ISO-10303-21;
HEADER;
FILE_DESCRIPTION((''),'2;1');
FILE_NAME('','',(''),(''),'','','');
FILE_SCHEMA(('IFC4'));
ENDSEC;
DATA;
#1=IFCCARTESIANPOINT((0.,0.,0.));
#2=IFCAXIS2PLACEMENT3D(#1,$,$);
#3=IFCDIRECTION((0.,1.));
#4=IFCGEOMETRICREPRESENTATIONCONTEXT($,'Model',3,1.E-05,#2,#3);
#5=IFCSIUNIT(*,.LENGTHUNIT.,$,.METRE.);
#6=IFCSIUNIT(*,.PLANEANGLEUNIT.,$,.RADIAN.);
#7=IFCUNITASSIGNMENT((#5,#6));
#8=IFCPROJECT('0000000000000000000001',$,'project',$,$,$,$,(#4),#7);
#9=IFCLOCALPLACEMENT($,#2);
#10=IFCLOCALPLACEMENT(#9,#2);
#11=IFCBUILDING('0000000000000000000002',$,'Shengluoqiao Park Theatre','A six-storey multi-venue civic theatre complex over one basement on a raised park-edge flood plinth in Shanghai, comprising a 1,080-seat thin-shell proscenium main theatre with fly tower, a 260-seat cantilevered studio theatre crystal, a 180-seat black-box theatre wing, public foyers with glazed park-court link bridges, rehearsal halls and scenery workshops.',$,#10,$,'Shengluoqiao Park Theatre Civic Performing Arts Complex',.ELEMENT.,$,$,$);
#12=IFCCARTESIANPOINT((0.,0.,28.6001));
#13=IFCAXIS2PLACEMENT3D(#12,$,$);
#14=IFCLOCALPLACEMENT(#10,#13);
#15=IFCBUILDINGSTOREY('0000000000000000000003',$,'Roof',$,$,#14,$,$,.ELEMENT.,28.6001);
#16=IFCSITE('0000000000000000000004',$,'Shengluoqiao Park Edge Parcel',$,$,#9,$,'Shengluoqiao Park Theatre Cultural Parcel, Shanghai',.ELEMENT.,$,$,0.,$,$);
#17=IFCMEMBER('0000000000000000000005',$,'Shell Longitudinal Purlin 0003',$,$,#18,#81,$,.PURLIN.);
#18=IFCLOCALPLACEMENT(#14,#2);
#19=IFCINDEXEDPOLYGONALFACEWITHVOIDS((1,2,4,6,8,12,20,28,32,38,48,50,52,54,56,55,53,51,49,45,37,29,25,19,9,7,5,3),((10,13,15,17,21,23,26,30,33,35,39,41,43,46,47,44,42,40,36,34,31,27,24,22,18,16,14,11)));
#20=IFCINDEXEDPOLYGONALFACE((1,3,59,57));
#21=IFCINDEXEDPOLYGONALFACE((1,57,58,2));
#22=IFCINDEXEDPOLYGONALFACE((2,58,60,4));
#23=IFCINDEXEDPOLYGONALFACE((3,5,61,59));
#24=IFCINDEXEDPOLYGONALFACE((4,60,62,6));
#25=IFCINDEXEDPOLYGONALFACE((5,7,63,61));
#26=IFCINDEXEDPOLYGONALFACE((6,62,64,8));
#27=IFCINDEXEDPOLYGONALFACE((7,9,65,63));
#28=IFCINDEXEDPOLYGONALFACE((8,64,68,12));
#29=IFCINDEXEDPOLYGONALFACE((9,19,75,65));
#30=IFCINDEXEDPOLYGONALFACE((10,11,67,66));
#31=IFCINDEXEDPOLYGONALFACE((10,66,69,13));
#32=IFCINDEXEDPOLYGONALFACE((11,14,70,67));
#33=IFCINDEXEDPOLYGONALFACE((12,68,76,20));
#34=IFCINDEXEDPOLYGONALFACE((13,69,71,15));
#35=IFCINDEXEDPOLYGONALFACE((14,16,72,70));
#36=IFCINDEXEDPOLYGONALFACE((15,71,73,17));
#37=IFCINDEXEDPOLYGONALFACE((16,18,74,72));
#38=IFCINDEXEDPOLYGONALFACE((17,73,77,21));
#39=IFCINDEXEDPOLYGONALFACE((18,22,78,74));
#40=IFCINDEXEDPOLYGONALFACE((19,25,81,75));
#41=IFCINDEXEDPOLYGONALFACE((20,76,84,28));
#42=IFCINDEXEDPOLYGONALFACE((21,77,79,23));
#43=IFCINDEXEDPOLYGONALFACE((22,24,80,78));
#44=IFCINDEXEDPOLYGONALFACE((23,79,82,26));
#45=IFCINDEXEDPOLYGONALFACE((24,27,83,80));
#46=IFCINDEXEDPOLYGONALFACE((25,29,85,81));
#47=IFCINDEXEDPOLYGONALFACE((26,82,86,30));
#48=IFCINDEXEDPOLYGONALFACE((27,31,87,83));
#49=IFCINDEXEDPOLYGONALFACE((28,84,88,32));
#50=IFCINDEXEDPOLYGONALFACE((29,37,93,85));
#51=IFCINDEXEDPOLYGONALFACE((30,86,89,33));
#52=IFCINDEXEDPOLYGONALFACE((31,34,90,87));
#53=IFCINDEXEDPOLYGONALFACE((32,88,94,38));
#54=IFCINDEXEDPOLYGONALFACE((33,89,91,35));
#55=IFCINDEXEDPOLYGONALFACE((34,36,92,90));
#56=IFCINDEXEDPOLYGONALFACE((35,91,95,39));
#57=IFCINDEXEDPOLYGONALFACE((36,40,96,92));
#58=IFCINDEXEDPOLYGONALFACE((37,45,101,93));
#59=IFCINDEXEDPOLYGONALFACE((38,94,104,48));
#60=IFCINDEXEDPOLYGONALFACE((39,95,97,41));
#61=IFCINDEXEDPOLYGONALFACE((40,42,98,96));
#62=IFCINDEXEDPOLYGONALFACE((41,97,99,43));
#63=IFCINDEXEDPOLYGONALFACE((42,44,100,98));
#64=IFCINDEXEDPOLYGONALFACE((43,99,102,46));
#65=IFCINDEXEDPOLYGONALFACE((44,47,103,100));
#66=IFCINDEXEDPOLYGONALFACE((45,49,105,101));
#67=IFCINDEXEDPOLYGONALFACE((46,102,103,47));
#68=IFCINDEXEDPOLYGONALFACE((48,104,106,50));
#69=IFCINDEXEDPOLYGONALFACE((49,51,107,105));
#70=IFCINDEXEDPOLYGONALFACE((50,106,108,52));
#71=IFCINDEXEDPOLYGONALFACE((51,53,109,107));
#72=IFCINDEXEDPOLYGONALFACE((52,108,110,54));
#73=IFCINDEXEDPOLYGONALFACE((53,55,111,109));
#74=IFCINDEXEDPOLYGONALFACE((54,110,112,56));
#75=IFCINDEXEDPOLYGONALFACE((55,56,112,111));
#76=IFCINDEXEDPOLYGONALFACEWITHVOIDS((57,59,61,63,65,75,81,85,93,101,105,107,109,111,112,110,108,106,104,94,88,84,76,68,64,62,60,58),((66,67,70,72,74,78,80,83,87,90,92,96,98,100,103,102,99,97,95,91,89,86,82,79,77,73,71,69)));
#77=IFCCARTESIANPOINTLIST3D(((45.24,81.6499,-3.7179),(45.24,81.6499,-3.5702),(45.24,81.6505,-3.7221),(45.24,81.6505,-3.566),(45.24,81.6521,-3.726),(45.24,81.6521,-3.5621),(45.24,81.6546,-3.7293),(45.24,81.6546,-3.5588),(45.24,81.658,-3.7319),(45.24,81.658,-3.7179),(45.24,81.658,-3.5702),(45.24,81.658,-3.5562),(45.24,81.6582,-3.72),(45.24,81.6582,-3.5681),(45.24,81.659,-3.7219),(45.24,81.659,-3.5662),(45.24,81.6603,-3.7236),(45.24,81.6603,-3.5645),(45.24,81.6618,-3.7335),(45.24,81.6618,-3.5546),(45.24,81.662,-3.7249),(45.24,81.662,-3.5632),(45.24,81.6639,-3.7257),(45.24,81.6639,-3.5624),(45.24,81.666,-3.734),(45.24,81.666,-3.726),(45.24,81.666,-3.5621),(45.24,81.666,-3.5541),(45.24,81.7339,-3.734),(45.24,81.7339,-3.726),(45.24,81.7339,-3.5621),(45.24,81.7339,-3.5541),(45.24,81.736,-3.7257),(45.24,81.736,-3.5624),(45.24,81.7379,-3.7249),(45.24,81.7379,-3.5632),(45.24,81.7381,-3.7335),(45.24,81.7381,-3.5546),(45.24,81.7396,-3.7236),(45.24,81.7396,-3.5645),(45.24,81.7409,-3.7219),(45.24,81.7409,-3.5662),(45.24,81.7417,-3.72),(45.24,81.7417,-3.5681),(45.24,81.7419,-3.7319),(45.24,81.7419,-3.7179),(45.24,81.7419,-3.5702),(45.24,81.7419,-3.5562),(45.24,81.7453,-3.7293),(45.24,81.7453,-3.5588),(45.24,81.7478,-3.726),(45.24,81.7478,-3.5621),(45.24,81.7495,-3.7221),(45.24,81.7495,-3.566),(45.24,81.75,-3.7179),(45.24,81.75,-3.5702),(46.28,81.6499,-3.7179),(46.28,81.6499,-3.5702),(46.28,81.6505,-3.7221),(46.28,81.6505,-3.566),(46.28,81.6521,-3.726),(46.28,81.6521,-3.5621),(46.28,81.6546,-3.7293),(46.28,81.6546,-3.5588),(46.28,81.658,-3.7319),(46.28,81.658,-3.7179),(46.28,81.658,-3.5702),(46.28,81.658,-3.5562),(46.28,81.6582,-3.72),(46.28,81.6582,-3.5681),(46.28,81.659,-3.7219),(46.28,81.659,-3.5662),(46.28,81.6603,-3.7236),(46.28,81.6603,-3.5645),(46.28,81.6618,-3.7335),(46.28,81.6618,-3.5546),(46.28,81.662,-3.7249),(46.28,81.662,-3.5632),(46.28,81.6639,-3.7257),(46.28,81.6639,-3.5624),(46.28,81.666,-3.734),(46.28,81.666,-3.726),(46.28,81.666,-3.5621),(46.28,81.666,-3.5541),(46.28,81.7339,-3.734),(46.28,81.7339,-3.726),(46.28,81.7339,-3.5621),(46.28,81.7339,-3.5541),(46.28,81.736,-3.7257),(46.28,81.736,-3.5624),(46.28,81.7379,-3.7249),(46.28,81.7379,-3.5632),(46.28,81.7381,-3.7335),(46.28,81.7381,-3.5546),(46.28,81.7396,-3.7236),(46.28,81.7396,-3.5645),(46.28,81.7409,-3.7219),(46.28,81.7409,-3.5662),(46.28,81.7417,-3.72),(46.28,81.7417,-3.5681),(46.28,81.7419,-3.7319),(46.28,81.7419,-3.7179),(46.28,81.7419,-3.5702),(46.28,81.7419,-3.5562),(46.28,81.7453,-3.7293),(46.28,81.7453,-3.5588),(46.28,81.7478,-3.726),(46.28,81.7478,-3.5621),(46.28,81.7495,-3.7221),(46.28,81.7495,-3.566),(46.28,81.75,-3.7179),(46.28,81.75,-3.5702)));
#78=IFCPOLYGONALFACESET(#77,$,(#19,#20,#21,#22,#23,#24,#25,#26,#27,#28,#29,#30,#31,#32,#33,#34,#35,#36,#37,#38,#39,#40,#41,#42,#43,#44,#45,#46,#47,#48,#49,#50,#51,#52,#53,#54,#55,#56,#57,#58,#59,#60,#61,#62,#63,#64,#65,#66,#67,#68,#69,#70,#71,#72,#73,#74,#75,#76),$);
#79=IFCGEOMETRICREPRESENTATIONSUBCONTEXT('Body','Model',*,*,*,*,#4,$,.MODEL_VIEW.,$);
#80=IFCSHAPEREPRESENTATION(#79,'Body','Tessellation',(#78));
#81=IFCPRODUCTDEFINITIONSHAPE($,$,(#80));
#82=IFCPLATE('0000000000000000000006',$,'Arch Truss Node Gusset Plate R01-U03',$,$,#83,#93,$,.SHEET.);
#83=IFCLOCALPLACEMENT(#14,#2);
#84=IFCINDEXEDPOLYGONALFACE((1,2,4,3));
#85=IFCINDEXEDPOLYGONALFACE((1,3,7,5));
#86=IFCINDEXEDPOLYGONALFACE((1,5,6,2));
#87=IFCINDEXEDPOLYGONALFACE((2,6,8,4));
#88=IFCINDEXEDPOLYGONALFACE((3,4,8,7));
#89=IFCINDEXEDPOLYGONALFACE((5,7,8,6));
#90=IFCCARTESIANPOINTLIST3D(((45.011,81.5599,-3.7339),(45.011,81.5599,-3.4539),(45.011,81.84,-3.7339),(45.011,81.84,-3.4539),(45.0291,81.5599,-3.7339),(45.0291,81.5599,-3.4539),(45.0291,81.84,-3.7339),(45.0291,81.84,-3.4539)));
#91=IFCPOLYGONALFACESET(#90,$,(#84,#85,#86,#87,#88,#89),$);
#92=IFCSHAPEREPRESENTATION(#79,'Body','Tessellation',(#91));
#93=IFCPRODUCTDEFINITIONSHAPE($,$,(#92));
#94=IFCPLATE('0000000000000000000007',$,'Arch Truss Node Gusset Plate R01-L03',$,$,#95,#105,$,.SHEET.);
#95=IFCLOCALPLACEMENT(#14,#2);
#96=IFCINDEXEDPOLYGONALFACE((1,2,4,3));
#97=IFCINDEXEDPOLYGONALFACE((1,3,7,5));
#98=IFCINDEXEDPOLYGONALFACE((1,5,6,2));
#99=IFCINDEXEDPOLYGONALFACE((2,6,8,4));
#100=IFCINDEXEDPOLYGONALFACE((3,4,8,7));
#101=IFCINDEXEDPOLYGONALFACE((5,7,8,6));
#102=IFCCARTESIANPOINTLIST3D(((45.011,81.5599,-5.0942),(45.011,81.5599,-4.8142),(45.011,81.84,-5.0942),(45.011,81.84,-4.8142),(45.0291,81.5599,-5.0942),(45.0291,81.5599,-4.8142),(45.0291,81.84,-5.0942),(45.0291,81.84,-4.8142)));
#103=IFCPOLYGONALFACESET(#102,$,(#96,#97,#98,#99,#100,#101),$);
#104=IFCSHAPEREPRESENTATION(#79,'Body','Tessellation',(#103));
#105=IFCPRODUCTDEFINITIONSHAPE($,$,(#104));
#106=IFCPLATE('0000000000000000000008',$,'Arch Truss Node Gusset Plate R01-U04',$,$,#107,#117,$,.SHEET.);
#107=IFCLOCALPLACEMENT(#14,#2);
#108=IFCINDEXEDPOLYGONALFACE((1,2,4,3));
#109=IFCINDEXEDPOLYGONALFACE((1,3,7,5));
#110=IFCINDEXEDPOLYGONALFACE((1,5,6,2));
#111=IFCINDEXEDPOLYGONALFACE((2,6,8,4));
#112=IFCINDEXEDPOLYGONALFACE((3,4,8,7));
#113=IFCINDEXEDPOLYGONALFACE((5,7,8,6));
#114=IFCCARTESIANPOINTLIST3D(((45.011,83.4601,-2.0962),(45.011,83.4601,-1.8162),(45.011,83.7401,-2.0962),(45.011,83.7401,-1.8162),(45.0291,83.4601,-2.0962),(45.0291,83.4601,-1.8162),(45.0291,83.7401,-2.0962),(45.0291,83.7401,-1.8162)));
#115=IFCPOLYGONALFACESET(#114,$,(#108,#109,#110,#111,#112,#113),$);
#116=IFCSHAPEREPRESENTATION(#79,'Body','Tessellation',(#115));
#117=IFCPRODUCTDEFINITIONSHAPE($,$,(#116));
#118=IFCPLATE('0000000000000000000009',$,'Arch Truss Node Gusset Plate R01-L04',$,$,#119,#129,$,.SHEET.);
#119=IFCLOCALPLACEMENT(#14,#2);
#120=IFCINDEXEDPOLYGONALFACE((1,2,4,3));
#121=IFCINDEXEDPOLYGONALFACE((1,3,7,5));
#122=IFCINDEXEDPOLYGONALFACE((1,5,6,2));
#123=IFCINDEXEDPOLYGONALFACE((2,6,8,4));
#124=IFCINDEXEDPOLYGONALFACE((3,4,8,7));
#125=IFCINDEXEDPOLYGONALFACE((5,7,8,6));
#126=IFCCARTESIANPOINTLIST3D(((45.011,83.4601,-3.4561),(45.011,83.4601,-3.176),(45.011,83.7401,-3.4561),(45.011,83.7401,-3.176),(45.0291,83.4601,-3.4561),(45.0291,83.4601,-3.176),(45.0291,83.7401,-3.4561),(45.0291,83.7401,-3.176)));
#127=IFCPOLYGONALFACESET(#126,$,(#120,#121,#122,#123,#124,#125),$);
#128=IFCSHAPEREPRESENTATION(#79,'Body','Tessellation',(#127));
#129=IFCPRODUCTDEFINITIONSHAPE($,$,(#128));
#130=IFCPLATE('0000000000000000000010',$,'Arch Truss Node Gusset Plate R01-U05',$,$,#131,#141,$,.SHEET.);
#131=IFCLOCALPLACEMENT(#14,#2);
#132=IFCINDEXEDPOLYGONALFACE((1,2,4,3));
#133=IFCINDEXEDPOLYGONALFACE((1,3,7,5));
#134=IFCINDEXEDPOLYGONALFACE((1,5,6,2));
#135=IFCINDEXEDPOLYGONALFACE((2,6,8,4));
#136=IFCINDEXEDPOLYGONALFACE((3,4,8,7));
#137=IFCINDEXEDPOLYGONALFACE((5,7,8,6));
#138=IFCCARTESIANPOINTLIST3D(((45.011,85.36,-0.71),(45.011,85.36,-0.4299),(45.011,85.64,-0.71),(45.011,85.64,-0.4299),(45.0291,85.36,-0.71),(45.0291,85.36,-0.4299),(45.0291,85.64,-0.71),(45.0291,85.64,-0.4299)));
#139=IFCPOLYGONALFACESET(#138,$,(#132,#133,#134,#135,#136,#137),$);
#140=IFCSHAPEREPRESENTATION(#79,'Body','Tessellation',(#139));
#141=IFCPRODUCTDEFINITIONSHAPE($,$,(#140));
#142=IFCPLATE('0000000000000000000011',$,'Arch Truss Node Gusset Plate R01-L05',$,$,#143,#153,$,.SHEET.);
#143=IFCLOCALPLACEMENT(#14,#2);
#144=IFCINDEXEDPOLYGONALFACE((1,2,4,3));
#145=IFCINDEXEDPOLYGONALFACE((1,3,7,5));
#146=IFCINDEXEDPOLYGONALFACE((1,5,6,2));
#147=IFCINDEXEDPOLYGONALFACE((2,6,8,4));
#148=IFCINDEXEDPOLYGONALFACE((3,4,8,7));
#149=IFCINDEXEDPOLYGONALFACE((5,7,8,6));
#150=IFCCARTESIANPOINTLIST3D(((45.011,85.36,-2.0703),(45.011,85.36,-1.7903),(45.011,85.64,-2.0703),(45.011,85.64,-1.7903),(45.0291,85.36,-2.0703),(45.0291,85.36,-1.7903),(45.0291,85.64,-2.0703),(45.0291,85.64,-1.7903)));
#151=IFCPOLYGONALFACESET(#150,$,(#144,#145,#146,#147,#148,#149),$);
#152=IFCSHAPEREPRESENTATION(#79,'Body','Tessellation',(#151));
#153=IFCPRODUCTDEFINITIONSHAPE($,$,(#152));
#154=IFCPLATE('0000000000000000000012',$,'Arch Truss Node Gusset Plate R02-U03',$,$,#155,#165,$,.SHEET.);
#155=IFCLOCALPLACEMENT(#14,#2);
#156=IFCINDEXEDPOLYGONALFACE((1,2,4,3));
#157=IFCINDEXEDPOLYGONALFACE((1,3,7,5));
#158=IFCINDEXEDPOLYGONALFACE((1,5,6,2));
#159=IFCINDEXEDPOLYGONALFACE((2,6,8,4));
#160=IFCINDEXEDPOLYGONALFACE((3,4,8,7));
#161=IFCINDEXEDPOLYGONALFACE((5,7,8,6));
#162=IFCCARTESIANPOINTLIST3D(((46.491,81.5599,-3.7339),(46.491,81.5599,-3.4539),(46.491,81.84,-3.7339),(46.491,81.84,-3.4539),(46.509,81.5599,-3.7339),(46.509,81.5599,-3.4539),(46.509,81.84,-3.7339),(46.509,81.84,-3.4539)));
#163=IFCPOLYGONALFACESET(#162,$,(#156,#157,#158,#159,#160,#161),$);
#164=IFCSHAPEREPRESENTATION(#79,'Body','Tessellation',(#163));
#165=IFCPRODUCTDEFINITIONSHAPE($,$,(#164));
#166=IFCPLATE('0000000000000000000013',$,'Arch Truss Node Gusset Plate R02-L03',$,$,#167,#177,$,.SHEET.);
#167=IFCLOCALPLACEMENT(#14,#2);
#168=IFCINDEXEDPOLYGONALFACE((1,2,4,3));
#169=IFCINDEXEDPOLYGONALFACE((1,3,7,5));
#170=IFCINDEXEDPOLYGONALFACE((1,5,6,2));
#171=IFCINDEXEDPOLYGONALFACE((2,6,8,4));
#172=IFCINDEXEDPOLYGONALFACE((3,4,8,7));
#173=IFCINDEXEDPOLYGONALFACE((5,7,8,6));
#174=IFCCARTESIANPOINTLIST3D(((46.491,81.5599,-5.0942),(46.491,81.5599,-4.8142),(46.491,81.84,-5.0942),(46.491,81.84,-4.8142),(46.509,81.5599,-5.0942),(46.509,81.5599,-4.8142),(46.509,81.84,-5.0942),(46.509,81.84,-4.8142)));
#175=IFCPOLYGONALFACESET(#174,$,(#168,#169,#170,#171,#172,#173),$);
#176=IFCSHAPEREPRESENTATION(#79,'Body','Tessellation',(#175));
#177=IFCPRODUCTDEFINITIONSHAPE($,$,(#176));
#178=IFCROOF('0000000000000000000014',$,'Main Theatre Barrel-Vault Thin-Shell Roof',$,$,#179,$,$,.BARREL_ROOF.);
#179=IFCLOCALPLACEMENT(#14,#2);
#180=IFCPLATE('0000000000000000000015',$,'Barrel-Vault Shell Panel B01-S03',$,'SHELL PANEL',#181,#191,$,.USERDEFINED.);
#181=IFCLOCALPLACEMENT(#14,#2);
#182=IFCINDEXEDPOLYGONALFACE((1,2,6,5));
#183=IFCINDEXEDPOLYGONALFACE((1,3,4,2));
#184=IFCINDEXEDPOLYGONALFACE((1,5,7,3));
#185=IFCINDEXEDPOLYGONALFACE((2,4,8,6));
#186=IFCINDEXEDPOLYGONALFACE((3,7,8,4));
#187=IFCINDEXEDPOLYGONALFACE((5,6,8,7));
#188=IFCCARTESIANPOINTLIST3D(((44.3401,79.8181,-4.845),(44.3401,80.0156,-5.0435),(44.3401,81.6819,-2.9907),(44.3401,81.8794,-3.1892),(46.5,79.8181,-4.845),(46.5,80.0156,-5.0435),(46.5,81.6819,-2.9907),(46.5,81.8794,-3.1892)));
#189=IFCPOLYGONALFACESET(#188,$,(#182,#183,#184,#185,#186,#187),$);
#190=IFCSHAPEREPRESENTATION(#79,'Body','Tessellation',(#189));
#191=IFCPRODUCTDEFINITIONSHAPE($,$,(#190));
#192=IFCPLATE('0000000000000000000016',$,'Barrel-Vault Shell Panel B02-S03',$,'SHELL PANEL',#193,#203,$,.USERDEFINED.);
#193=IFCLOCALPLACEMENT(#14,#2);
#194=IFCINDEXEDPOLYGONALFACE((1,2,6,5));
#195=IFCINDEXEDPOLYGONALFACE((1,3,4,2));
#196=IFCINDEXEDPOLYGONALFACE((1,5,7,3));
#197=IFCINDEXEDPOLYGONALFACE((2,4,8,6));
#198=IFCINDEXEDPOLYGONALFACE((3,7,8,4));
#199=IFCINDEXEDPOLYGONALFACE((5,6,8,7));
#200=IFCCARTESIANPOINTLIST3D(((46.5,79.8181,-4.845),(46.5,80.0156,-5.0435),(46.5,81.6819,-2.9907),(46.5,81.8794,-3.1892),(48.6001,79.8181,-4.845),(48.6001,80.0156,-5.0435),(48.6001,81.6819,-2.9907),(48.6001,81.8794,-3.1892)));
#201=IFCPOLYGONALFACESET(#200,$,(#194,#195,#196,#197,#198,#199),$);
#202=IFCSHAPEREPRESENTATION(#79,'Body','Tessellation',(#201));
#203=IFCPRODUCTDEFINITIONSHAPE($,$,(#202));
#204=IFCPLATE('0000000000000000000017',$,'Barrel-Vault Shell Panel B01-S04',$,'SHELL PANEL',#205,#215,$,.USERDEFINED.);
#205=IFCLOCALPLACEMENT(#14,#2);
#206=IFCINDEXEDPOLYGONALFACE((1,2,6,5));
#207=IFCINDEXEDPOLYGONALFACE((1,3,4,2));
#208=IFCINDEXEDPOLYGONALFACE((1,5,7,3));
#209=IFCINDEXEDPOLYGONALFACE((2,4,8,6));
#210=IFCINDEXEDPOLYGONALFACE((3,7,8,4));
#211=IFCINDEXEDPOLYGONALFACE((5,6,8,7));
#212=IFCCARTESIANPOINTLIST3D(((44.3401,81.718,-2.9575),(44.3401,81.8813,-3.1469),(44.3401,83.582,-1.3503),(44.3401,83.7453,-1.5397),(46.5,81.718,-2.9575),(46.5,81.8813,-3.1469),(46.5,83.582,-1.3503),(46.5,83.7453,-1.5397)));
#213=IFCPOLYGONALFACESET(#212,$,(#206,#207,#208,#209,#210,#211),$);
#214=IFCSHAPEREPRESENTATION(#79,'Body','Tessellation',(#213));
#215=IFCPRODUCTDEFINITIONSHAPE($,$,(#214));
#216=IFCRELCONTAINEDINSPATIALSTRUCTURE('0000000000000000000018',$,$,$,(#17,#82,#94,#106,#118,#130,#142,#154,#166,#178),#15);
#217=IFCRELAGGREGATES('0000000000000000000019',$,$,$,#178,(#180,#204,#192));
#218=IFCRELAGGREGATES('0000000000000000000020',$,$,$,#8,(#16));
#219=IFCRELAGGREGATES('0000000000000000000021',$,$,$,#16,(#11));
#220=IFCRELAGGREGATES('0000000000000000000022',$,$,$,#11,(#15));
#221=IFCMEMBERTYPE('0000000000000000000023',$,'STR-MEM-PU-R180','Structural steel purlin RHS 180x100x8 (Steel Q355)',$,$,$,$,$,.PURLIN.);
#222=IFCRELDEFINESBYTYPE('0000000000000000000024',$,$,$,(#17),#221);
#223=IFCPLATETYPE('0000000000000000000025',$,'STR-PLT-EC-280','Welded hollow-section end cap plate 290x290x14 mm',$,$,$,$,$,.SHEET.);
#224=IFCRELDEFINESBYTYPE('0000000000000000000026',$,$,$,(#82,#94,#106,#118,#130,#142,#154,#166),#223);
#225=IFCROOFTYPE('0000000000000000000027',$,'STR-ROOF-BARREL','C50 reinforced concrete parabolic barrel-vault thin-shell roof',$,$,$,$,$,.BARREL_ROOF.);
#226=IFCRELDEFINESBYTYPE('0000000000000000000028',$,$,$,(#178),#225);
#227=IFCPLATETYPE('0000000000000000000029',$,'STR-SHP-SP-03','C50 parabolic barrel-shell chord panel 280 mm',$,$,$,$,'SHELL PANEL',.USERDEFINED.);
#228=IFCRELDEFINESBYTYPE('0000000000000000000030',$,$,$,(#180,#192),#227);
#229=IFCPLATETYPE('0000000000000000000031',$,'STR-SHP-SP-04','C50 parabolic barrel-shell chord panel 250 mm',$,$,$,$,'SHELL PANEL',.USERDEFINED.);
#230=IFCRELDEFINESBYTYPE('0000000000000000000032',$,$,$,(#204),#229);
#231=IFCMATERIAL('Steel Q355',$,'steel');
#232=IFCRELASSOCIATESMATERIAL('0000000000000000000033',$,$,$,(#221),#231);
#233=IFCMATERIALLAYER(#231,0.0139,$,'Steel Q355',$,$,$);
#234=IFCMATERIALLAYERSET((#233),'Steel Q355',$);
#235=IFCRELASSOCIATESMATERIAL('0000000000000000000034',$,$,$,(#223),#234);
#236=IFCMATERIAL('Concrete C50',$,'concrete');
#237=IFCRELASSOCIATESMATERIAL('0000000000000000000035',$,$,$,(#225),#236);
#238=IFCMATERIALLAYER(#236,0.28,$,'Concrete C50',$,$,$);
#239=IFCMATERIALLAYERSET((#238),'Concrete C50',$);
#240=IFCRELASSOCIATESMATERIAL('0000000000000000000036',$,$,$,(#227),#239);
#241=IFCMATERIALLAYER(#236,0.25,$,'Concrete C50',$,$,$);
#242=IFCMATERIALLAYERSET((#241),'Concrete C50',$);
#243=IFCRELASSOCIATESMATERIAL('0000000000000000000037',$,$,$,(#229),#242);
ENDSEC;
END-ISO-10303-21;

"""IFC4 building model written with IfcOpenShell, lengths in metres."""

from ifc_helpers import new_model, si_unit, direction, frame, origin, origin_2d, place, context, subcontext, project, spatial, polyline, rectangle, hollow_rectangle, outline, extrude, material, layer, layer_set, material_profile, profile_set, type_object, element, aggregate, save


model = new_model("IFC4")

# Units and contexts
model_context = context("Model", 3, precision=1e-05, world=origin(), true_north=direction((0.0, 1.0)))
body_context = subcontext(model_context, "Body", "Model", "MODEL_VIEW")
ifc_project = project(units=[si_unit("LENGTHUNIT", "METRE"), si_unit("PLANEANGLEUNIT", "RADIAN")], contexts=[model_context])

# Site, building, storey
site_placement = place(None, origin())
site = spatial("IfcSite", under=ifc_project, at=site_placement, Name="Shengluoqiao Park Edge Parcel", LongName="Shengluoqiao Park Theatre Cultural Parcel, Shanghai", CompositionType="ELEMENT", RefElevation=0.0)
building_placement = place(site_placement, origin())
building = spatial("IfcBuilding", under=site, at=building_placement, Name="Shengluoqiao Park Theatre", Description="A six-storey multi-venue civic theatre complex over one basement on a raised park-edge flood plinth in Shanghai, comprising a 1,080-seat thin-shell proscenium main theatre with fly tower, a 260-seat cantilevered studio theatre crystal, a 180-seat black-box theatre wing, public foyers with glazed park-court link bridges, rehearsal halls and scenery workshops.", LongName="Shengluoqiao Park Theatre Civic Performing Arts Complex", CompositionType="ELEMENT")
storey_placement = place(building_placement, frame((0.0, 0.0, 28.6001)))
storey = spatial("IfcBuildingStorey", under=building, at=storey_placement, Name="Roof", CompositionType="ELEMENT", Elevation=28.6001)

# Shared definitions
ifc_material_1 = material(Name="Concrete C50", Category="concrete")
ifc_material_2 = material(Name="Steel Q355", Category="steel")

# Member
ifc_material_profile_1 = material_profile(ifc_material_2, hollow_rectangle(XDim=0.1001, YDim=0.1799, WallThickness=0.0081, InnerFilletRadius=0.0081, OuterFilletRadius=0.0161, at=origin_2d()), Name="RHS 180x100x8")
ifc_profile_set_1 = profile_set([ifc_material_profile_1], Name="Steel Q355")
member_type_1 = type_object("IfcMemberType", Name="STR-MEM-PU-R180", Description="Structural steel purlin RHS 180x100x8 (Steel Q355)", PredefinedType="PURLIN", material=ifc_profile_set_1)
member_1_placement = place(storey_placement, frame((45.24, 81.7, -3.644), z_axis=(1.0, 0.0, 0.0), x_axis=(0.0, 1.0, 0.0)))
element("IfcMember", 1, at=member_1_placement, inside=storey, type_object=member_type_1, Name="Shell Longitudinal Purlin 0003", PredefinedType="PURLIN", context=body_context, shape_type="SweptSolid", body=[
    extrude(hollow_rectangle(XDim=0.1001, YDim=0.1799, WallThickness=0.0081, InnerFilletRadius=0.0081, OuterFilletRadius=0.0161, at=origin_2d()), origin(), (0.0, 0.0, 1.0), 1.04),
])

# Plates
ifc_layer_1 = layer(ifc_material_2, 0.0139, Name="Steel Q355")
ifc_layer_set_1 = layer_set([ifc_layer_1], Name="Steel Q355")
plate_type_1 = type_object("IfcPlateType", Name="STR-PLT-EC-280", Description="Welded hollow-section end cap plate 290x290x14 mm", PredefinedType="SHEET", material=ifc_layer_set_1)
for number, where, z_axis, x_axis, name in (
    (2, (45.02, 81.7, -3.7339), (0.0, 0.0, 1.0), (1.0, 0.0, 0.0), "Arch Truss Node Gusset Plate R01-U03"),
    (3, (45.02, 81.7, -5.0942), (0.0, 0.0, 1.0), (1.0, 0.0, 0.0), "Arch Truss Node Gusset Plate R01-L03"),
    (4, (45.02, 83.6001, -2.0962), (0.0, 0.0, 1.0), (1.0, 0.0, 0.0), "Arch Truss Node Gusset Plate R01-U04"),
    (5, (45.02, 83.6001, -3.4561), (0.0, 0.0, 1.0), (1.0, 0.0, 0.0), "Arch Truss Node Gusset Plate R01-L04"),
    (6, (45.02, 85.5, -0.71), (0.0, 0.0, 1.0), (1.0, 0.0, 0.0), "Arch Truss Node Gusset Plate R01-U05"),
    (7, (45.02, 85.5, -2.0703), (0.0, 0.0, 1.0), (1.0, 0.0, 0.0), "Arch Truss Node Gusset Plate R01-L05"),
    (8, (46.5, 81.7, -3.7339), (0.0, 0.0, 1.0), (1.0, 0.0, 0.0), "Arch Truss Node Gusset Plate R02-U03"),
    (9, (46.5, 81.7, -5.0942), (0.0, 0.0, 1.0), (1.0, 0.0, 0.0), "Arch Truss Node Gusset Plate R02-L03"),
):
    element("IfcPlate", number, at=place(storey_placement, frame(where, z_axis=z_axis, x_axis=x_axis)), inside=storey, type_object=plate_type_1, Name=name, PredefinedType="SHEET", context=body_context, shape_type="SweptSolid", body=[
        extrude(rectangle(XDim=0.0181, YDim=0.28, at=origin_2d()), origin(), (0.0, 0.0, 1.0), 0.28),
    ])

# Roof, plates
roof_type = type_object("IfcRoofType", Name="STR-ROOF-BARREL", Description="C50 reinforced concrete parabolic barrel-vault thin-shell roof", PredefinedType="BARREL_ROOF", material=ifc_material_1)
roof_placement = place(storey_placement, origin())
roof = element("IfcRoof", 10, at=roof_placement, inside=storey, type_object=roof_type, Name="Main Theatre Barrel-Vault Thin-Shell Roof", PredefinedType="BARREL_ROOF")
ifc_layer_2 = layer(ifc_material_1, 0.28, Name="Concrete C50")
ifc_layer_set_2 = layer_set([ifc_layer_2], Name="Concrete C50")
plate_type_2 = type_object("IfcPlateType", Name="STR-SHP-SP-03", Description="C50 parabolic barrel-shell chord panel 280 mm", ElementType="SHELL PANEL", PredefinedType="USERDEFINED", material=ifc_layer_set_2)
plate_1_placement = place(storey_placement, frame((44.3401, 79.8181, -4.845), z_axis=(0.0, -0.705294, 0.708915), x_axis=(1.0, 0.0, 0.0)))
plate_1 = element("IfcPlate", 11, at=plate_1_placement, type_object=plate_type_2, Name="Barrel-Vault Shell Panel B01-S03", ObjectType="SHELL PANEL", PredefinedType="USERDEFINED", context=body_context, shape_type="SweptSolid", body=[
    extrude(outline(polyline([(0.0, 0.0), (2.1599, 0.0), (2.1599, 2.629), (0.0, 2.629), (0.0, 0.0)])), origin(), (0.0, 0.0, -1.0), 0.28),
])
plate_2_placement = place(storey_placement, frame((46.5, 79.8181, -4.845), z_axis=(0.0, -0.705294, 0.708915), x_axis=(1.0, 0.0, 0.0)))
plate_2 = element("IfcPlate", 12, at=plate_2_placement, type_object=plate_type_2, Name="Barrel-Vault Shell Panel B02-S03", ObjectType="SHELL PANEL", PredefinedType="USERDEFINED", context=body_context, shape_type="SweptSolid", body=[
    extrude(outline(polyline([(0.0, 0.0), (2.1001, 0.0), (2.1001, 2.629), (0.0, 2.629), (0.0, 0.0)])), origin(), (0.0, 0.0, -1.0), 0.28),
])
ifc_layer_3 = layer(ifc_material_1, 0.25, Name="Concrete C50")
ifc_layer_set_3 = layer_set([ifc_layer_3], Name="Concrete C50")
plate_type_3 = type_object("IfcPlateType", Name="STR-SHP-SP-04", Description="C50 parabolic barrel-shell chord panel 250 mm", ElementType="SHELL PANEL", PredefinedType="USERDEFINED", material=ifc_layer_set_3)
plate_3_placement = place(storey_placement, frame((44.3401, 81.718, -2.9575), z_axis=(0.0, -0.653002, 0.757356), x_axis=(1.0, 0.0, 0.0)))
plate_3 = element("IfcPlate", 13, at=plate_3_placement, type_object=plate_type_3, Name="Barrel-Vault Shell Panel B01-S04", ObjectType="SHELL PANEL", PredefinedType="USERDEFINED", context=body_context, shape_type="SweptSolid", body=[
    extrude(outline(polyline([(0.0, 0.0), (2.1599, 0.0), (2.1599, 2.4612), (0.0, 2.4612), (0.0, 0.0)])), origin(), (0.0, 0.0, -1.0), 0.25),
])
aggregate(roof, [plate_1, plate_3, plate_2])

save(model, "model.ifc")
